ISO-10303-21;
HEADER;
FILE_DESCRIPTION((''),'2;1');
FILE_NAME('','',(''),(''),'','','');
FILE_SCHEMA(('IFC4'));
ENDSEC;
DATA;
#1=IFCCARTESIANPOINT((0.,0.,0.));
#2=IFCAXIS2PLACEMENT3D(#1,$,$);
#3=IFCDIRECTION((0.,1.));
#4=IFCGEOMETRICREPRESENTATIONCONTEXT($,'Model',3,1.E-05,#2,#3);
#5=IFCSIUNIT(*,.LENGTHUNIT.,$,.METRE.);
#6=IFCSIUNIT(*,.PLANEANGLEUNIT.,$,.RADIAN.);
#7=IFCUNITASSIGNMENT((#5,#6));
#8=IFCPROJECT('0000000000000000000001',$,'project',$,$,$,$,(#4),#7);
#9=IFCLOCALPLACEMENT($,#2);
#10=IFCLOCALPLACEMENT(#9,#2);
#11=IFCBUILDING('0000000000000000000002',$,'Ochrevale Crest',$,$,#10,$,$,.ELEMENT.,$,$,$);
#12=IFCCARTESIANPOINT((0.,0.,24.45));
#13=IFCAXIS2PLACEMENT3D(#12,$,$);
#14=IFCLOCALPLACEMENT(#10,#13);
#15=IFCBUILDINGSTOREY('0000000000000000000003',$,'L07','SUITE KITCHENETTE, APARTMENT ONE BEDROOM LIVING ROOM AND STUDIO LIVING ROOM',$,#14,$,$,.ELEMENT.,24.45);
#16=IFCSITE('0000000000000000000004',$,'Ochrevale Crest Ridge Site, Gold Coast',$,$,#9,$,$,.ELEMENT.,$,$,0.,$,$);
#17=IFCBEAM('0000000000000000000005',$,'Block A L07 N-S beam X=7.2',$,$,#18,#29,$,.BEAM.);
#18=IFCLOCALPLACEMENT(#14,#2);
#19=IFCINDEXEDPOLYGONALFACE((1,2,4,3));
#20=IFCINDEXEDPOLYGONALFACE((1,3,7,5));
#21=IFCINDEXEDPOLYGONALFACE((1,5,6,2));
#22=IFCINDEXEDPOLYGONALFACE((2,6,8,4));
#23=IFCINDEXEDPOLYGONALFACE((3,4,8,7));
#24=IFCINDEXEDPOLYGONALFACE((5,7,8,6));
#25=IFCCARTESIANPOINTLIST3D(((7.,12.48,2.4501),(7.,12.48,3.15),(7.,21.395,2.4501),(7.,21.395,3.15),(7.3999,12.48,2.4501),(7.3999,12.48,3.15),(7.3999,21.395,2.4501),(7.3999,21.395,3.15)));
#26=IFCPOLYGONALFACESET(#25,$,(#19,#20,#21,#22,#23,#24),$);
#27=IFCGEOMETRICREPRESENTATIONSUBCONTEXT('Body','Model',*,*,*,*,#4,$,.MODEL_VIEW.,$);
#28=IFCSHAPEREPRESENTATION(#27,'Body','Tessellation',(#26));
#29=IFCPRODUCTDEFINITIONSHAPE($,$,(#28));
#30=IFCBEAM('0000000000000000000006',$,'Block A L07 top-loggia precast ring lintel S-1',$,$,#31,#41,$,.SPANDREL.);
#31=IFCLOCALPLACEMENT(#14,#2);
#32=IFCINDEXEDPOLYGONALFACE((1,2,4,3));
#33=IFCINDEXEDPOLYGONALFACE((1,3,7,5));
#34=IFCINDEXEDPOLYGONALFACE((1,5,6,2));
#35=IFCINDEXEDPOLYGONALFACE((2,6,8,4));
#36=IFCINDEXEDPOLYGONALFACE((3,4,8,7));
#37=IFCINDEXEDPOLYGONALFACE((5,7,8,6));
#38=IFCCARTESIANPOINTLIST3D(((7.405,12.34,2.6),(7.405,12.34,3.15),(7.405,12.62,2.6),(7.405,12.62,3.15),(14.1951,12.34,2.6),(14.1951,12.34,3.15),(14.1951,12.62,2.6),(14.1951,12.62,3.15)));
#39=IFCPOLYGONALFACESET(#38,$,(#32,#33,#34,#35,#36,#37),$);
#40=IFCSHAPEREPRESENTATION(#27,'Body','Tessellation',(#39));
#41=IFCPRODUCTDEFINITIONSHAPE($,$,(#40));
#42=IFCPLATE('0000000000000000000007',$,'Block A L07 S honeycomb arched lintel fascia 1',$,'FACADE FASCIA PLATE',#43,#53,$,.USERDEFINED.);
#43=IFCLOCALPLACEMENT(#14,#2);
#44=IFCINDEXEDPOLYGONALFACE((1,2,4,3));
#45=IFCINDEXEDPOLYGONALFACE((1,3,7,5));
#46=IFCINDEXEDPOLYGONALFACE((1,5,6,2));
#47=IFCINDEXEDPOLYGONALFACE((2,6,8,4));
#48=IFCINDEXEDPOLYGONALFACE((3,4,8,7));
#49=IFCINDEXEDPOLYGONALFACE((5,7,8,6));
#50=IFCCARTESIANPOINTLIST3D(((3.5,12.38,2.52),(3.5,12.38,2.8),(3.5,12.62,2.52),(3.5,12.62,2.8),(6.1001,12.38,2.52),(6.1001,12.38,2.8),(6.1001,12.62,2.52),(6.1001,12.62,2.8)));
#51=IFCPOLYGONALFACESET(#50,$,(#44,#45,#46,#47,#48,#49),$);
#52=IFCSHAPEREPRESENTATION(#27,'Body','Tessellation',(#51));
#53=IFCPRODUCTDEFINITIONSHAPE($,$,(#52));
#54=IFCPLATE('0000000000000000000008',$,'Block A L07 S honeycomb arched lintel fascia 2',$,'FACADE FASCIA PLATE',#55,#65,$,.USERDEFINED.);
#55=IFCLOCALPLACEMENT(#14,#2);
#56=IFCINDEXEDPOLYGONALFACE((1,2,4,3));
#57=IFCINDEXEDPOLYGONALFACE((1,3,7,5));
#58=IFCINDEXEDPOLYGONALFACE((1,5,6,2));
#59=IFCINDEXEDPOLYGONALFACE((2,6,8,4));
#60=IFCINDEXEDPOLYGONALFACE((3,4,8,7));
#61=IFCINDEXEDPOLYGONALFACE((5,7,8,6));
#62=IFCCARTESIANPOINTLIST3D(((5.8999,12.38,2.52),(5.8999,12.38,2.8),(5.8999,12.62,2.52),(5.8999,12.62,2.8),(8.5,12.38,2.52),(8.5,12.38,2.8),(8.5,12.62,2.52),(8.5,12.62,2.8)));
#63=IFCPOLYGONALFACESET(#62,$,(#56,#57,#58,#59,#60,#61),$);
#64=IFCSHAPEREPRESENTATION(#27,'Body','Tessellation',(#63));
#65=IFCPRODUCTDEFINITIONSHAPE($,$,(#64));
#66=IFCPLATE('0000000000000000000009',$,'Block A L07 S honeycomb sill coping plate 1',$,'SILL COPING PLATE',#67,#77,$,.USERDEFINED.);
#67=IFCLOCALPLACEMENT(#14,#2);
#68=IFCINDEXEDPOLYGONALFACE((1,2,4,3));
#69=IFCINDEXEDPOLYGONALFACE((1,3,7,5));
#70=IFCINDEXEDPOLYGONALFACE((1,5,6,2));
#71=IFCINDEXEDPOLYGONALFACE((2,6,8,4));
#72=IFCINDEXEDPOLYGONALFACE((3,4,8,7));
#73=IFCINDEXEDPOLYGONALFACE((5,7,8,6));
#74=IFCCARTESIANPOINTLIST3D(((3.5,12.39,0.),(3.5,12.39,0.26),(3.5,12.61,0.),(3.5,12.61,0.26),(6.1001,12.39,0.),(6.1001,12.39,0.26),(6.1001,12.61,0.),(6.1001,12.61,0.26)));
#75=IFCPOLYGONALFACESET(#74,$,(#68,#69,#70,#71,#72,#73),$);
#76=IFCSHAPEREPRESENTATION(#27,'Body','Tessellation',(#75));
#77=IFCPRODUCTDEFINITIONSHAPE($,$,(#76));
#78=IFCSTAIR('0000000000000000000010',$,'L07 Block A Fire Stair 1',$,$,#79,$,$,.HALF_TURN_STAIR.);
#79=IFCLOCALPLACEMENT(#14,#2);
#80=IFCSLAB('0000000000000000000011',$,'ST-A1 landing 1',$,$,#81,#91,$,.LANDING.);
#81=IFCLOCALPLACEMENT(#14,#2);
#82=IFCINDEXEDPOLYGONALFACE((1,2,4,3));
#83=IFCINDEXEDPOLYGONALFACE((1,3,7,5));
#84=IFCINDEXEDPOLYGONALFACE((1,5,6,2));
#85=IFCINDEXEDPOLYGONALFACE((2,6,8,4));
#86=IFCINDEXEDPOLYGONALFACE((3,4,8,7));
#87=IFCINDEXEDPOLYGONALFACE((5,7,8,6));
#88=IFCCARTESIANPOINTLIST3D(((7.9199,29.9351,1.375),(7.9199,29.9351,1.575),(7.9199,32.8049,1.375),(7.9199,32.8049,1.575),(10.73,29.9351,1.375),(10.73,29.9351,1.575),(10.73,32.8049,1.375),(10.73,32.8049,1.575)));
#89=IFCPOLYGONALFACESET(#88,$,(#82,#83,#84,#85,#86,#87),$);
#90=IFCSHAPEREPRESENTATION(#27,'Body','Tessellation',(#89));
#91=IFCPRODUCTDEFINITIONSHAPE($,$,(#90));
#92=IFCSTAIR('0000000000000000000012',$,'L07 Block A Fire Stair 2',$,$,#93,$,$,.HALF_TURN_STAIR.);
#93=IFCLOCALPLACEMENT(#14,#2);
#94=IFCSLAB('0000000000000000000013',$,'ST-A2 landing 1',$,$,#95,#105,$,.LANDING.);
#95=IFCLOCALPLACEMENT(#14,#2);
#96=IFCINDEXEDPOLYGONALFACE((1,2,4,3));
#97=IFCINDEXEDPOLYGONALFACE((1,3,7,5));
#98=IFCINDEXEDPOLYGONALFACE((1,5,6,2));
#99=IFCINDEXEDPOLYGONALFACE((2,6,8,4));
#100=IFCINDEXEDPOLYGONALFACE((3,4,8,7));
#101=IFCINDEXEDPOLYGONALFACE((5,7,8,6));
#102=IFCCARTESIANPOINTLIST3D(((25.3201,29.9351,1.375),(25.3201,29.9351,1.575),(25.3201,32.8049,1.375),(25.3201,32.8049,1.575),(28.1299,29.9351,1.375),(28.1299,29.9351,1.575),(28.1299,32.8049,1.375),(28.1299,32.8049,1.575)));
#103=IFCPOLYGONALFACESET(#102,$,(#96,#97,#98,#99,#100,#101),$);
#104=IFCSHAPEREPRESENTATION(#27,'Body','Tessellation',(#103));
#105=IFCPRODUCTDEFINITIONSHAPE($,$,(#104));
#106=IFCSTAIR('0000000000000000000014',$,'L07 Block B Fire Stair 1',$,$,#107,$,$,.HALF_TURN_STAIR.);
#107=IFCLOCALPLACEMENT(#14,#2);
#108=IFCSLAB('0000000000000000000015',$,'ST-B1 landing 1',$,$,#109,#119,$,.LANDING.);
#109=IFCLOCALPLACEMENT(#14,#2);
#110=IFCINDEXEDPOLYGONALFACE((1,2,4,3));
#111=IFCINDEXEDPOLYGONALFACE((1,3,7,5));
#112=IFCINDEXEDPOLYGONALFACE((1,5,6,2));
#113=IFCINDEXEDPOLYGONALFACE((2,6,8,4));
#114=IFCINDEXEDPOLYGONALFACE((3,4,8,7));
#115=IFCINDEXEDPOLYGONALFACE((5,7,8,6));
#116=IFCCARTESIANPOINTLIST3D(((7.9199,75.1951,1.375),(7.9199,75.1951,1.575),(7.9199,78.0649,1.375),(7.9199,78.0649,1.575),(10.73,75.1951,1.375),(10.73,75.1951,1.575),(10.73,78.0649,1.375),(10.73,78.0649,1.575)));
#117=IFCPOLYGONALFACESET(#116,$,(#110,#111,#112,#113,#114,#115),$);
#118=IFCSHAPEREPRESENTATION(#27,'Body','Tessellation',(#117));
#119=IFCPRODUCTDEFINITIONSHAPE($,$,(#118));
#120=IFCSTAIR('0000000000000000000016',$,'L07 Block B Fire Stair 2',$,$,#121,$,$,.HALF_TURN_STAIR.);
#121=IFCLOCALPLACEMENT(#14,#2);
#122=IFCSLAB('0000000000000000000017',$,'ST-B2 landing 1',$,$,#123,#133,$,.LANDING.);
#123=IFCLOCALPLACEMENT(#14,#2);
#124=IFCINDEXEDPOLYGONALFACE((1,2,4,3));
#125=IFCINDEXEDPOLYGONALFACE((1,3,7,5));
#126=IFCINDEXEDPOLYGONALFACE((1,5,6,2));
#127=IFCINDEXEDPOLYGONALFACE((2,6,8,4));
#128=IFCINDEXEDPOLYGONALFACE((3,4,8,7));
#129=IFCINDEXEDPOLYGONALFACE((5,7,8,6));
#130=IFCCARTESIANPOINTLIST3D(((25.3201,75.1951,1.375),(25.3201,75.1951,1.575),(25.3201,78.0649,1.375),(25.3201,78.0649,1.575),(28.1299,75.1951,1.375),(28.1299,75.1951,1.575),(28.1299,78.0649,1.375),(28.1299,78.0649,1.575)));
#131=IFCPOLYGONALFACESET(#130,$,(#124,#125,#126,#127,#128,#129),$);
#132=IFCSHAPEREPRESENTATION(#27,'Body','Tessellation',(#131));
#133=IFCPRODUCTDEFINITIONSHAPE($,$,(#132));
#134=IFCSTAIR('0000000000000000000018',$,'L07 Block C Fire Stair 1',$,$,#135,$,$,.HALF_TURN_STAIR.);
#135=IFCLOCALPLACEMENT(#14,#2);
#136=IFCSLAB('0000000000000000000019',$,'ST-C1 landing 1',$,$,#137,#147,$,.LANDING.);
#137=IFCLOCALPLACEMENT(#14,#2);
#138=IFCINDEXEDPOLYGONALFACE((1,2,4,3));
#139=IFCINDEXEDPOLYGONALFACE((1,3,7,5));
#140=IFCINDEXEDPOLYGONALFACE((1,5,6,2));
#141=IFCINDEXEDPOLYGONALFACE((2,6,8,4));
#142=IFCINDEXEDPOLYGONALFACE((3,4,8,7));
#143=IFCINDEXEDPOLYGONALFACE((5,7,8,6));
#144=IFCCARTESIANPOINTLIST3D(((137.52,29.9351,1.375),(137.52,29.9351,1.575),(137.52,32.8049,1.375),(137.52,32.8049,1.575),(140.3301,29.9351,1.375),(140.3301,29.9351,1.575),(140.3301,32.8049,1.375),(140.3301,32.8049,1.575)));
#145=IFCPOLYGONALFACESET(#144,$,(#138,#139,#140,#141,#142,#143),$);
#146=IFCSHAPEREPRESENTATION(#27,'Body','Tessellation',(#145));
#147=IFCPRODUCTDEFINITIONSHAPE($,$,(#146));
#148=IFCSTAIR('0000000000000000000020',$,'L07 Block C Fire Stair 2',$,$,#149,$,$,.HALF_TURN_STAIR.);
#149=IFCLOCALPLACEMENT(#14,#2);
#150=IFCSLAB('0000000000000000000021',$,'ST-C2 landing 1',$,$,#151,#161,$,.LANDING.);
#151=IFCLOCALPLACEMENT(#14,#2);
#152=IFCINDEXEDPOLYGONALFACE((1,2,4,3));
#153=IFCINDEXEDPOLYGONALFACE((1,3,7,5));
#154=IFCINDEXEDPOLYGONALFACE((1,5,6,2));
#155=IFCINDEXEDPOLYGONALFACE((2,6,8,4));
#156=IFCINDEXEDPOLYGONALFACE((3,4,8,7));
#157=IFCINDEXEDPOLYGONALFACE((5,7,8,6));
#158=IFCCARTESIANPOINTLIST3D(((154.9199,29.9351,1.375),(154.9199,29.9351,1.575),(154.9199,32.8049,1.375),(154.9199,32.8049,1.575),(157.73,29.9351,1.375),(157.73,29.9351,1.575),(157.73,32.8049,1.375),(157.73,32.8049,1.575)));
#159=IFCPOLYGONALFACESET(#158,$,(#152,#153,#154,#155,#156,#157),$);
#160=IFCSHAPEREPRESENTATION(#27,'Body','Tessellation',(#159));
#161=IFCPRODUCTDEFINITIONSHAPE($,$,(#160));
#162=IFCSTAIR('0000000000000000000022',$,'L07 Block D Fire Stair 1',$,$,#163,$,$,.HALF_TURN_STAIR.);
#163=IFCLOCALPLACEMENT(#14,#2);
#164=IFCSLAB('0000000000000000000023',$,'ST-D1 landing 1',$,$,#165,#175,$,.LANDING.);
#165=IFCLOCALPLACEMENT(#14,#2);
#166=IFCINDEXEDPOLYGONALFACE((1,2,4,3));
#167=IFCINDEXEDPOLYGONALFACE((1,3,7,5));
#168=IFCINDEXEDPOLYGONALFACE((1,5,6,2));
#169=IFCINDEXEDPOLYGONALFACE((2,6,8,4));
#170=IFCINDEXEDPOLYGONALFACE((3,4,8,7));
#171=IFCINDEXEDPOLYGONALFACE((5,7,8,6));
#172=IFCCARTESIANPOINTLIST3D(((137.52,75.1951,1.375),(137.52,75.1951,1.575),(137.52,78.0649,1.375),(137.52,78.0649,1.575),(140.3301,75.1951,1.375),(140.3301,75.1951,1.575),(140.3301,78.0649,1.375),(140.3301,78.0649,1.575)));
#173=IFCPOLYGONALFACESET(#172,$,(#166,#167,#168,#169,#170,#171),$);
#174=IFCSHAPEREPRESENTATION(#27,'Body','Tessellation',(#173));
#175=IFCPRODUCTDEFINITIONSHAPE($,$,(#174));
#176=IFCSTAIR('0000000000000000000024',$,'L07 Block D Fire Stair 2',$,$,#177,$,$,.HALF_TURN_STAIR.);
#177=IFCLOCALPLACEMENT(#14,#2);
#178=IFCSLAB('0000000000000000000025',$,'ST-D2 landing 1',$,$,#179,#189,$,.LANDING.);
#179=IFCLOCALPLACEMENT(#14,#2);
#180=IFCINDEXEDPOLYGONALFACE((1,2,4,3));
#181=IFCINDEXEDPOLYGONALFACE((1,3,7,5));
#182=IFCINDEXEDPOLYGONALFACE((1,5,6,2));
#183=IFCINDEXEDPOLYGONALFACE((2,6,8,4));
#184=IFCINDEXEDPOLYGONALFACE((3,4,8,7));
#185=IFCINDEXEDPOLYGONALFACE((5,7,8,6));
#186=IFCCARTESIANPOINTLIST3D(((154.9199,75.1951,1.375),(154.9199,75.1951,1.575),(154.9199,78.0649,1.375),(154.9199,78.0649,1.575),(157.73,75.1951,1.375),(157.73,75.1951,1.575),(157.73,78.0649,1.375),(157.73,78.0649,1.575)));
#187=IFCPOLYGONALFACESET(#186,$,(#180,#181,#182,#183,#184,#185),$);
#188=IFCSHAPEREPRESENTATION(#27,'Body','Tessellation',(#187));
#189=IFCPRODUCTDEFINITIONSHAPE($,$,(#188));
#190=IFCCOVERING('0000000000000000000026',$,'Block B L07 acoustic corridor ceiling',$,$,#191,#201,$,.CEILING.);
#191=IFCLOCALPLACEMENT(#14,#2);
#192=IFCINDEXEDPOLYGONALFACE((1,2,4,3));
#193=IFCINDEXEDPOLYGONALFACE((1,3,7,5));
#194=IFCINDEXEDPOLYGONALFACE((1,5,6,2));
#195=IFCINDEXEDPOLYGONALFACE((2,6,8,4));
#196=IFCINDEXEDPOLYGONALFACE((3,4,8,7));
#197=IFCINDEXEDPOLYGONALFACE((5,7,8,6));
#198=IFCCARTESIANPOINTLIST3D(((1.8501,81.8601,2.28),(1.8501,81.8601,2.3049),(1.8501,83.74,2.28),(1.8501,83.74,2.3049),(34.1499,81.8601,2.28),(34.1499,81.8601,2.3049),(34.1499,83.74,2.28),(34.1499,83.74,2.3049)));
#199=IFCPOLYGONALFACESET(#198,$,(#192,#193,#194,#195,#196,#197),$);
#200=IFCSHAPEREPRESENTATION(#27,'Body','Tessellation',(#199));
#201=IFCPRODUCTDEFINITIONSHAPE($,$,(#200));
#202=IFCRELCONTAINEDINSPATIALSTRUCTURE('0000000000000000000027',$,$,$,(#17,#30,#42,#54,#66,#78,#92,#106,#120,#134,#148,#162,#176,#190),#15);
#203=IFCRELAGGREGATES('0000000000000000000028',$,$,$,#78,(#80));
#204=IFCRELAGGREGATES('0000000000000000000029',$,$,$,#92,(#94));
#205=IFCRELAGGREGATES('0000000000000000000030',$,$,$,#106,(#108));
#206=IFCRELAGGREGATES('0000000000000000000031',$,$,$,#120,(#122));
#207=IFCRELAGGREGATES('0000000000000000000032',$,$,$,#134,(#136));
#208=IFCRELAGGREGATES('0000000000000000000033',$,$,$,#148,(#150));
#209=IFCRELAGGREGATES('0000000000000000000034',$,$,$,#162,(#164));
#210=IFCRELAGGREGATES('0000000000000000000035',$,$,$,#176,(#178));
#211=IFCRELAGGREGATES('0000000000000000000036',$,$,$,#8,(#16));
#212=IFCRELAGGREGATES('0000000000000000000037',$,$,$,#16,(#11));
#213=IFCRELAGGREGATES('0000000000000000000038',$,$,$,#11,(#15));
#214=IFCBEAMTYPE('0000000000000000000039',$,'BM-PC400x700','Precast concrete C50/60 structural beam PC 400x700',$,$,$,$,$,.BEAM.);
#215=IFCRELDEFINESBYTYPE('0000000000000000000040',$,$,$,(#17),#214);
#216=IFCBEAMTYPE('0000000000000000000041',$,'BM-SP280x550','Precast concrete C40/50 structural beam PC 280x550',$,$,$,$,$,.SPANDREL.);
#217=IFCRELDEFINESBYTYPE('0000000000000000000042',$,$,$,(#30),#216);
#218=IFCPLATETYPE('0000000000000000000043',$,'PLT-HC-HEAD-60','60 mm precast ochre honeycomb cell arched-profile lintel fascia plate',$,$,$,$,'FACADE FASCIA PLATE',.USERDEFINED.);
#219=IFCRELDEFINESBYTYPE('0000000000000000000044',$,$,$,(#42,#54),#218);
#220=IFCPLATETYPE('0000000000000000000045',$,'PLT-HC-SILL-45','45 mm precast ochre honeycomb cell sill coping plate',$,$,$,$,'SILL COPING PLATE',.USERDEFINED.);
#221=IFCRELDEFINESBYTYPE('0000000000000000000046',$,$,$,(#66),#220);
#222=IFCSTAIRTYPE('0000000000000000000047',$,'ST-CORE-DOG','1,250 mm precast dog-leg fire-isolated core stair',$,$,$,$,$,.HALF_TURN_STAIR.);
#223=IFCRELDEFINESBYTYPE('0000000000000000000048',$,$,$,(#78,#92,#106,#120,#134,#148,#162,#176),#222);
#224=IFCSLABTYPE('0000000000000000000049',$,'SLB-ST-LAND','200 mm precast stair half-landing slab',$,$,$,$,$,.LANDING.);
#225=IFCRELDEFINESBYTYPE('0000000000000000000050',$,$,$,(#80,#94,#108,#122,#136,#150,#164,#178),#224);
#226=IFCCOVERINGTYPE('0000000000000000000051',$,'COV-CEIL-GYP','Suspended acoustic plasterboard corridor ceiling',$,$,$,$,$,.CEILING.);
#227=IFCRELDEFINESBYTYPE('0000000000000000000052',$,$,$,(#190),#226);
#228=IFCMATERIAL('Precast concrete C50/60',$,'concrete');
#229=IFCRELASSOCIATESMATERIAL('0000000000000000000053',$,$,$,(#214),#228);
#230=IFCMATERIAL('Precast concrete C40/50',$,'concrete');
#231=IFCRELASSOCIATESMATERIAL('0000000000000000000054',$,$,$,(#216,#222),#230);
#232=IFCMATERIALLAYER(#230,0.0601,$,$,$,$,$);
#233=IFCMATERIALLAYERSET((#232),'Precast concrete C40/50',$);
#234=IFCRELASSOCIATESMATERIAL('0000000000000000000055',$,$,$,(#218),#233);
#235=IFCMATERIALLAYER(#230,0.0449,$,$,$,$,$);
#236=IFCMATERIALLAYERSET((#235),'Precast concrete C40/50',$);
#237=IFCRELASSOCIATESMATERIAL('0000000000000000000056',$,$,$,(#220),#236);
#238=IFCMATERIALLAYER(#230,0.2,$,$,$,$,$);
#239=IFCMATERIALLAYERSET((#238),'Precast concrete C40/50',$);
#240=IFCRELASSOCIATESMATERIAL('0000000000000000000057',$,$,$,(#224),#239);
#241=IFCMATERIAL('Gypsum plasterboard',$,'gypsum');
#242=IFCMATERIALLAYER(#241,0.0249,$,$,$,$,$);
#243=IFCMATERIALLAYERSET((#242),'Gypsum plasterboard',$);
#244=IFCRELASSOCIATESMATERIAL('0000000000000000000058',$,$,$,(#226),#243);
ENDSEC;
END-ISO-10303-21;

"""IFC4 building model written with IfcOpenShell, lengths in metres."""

from ifc_helpers import new_model, si_unit, direction, frame, origin, origin_2d, place, context, subcontext, project, spatial, polyline, rectangle, outline, extrude, material, layer, layer_set, material_profile, profile_set, type_object, element, aggregate, save


model = new_model("IFC4")

# Units and contexts
model_context = context("Model", 3, precision=1e-05, world=origin(), true_north=direction((0.0, 1.0)))
body_context = subcontext(model_context, "Body", "Model", "MODEL_VIEW")
ifc_project = project(units=[si_unit("LENGTHUNIT", "METRE"), si_unit("PLANEANGLEUNIT", "RADIAN")], contexts=[model_context])

# Site, building, storey
site_placement = place(None, origin())
site = spatial("IfcSite", under=ifc_project, at=site_placement, Name="Ochrevale Crest Ridge Site, Gold Coast", CompositionType="ELEMENT", RefElevation=0.0)
building_placement = place(site_placement, origin())
building = spatial("IfcBuilding", under=site, at=building_placement, Name="Ochrevale Crest", CompositionType="ELEMENT")
storey_placement = place(building_placement, frame((0.0, 0.0, 24.45)))
storey = spatial("IfcBuildingStorey", under=building, at=storey_placement, Name="L07", Description="SUITE KITCHENETTE, APARTMENT ONE BEDROOM LIVING ROOM AND STUDIO LIVING ROOM", CompositionType="ELEMENT", Elevation=24.45)

# Beams
ifc_material_1 = material(Name="Precast concrete C50/60", Category="concrete")
ifc_material_profile_1 = material_profile(ifc_material_1, rectangle(XDim=0.3999, YDim=0.7, at=origin_2d()), Name="PC 400x700")
ifc_profile_set_1 = profile_set([ifc_material_profile_1], Name="Precast concrete C50/60")
beam_type_1 = type_object("IfcBeamType", Name="BM-PC400x700", Description="Precast concrete C50/60 structural beam PC 400x700", PredefinedType="BEAM", material=ifc_profile_set_1)
beam_1_placement = place(storey_placement, frame((7.2, 12.48, 2.8), z_axis=(0.0, 1.0, 0.0), x_axis=(-1.0, 0.0, 0.0)))
element("IfcBeam", 1, at=beam_1_placement, inside=storey, type_object=beam_type_1, Name="Block A L07 N-S beam X=7.2", PredefinedType="BEAM", context=body_context, shape_type="SweptSolid", body=[
    extrude(rectangle(XDim=0.3999, YDim=0.7, at=origin_2d()), origin(), (0.0, 0.0, 1.0), 8.915),
])
ifc_material_2 = material(Name="Precast concrete C40/50", Category="concrete")
ifc_material_profile_2 = material_profile(ifc_material_2, rectangle(XDim=0.28, YDim=0.55, at=origin_2d()), Name="PC 280x550")
ifc_profile_set_2 = profile_set([ifc_material_profile_2], Name="Precast concrete C40/50")
beam_type_2 = type_object("IfcBeamType", Name="BM-SP280x550", Description="Precast concrete C40/50 structural beam PC 280x550", PredefinedType="SPANDREL", material=ifc_profile_set_2)
beam_2_placement = place(storey_placement, frame((7.405, 12.48, 2.875), z_axis=(1.0, 0.0, 0.0), x_axis=(0.0, 1.0, 0.0)))
element("IfcBeam", 2, at=beam_2_placement, inside=storey, type_object=beam_type_2, Name="Block A L07 top-loggia precast ring lintel S-1", PredefinedType="SPANDREL", context=body_context, shape_type="SweptSolid", body=[
    extrude(rectangle(XDim=0.28, YDim=0.55, at=origin_2d()), origin(), (0.0, 0.0, 1.0), 6.79),
])

# Plates
ifc_layer_1 = layer(ifc_material_2, 0.0601)
ifc_layer_set_1 = layer_set([ifc_layer_1], Name="Precast concrete C40/50")
plate_type_1 = type_object("IfcPlateType", Name="PLT-HC-HEAD-60", Description="60 mm precast ochre honeycomb cell arched-profile lintel fascia plate", ElementType="FACADE FASCIA PLATE", PredefinedType="USERDEFINED", material=ifc_layer_set_1)
for number, where, z_axis, x_axis, name in (
    (3, (4.8, 12.5, 2.52), (0.0, 0.0, 1.0), (1.0, 0.0, 0.0), "Block A L07 S honeycomb arched lintel fascia 1"),
    (4, (7.2, 12.5, 2.52), (0.0, 0.0, 1.0), (1.0, 0.0, 0.0), "Block A L07 S honeycomb arched lintel fascia 2"),
):
    element("IfcPlate", number, at=place(storey_placement, frame(where, z_axis=z_axis, x_axis=x_axis)), inside=storey, type_object=plate_type_1, Name=name, ObjectType="FACADE FASCIA PLATE", PredefinedType="USERDEFINED", context=body_context, shape_type="SweptSolid", body=[
        extrude(rectangle(XDim=2.6001, YDim=0.24, at=origin_2d()), origin(), (0.0, 0.0, 1.0), 0.28),
    ])
ifc_layer_2 = layer(ifc_material_2, 0.0449)
ifc_layer_set_2 = layer_set([ifc_layer_2], Name="Precast concrete C40/50")
plate_type_2 = type_object("IfcPlateType", Name="PLT-HC-SILL-45", Description="45 mm precast ochre honeycomb cell sill coping plate", ElementType="SILL COPING PLATE", PredefinedType="USERDEFINED", material=ifc_layer_set_2)
plate_placement = place(storey_placement, frame((4.8, 12.5, 0.0), z_axis=(0.0, 0.0, 1.0), x_axis=(1.0, 0.0, 0.0)))
element("IfcPlate", 5, at=plate_placement, inside=storey, type_object=plate_type_2, Name="Block A L07 S honeycomb sill coping plate 1", ObjectType="SILL COPING PLATE", PredefinedType="USERDEFINED", context=body_context, shape_type="SweptSolid", body=[
    extrude(rectangle(XDim=2.6001, YDim=0.22, at=origin_2d()), origin(), (0.0, 0.0, 1.0), 0.26),
])

# Stairs, slabs
stair_type = type_object("IfcStairType", Name="ST-CORE-DOG", Description="1,250 mm precast dog-leg fire-isolated core stair", PredefinedType="HALF_TURN_STAIR", material=ifc_material_2)
stair_1_placement = place(storey_placement, origin())
stair_1 = element("IfcStair", 6, at=stair_1_placement, inside=storey, type_object=stair_type, Name="L07 Block A Fire Stair 1", PredefinedType="HALF_TURN_STAIR")
ifc_layer_3 = layer(ifc_material_2, 0.2)
ifc_layer_set_3 = layer_set([ifc_layer_3], Name="Precast concrete C40/50")
slab_type = type_object("IfcSlabType", Name="SLB-ST-LAND", Description="200 mm precast stair half-landing slab", PredefinedType="LANDING", material=ifc_layer_set_3)
slab_1_placement = place(storey_placement, frame((0.0, 0.0, 1.375)))
slab_1 = element("IfcSlab", 7, at=slab_1_placement, type_object=slab_type, Name="ST-A1 landing 1", PredefinedType="LANDING", context=body_context, shape_type="SweptSolid", body=[
    extrude(outline(polyline([(10.73, 29.9351), (10.73, 32.8049), (7.9199, 32.8049), (7.9199, 29.9351), (10.73, 29.9351)])), origin(), (0.0, 0.0, 1.0), 0.2),
])
aggregate(stair_1, [slab_1])
stair_2_placement = place(storey_placement, origin())
stair_2 = element("IfcStair", 8, at=stair_2_placement, inside=storey, type_object=stair_type, Name="L07 Block A Fire Stair 2", PredefinedType="HALF_TURN_STAIR")
slab_2_placement = place(storey_placement, frame((0.0, 0.0, 1.375)))
slab_2 = element("IfcSlab", 9, at=slab_2_placement, type_object=slab_type, Name="ST-A2 landing 1", PredefinedType="LANDING", context=body_context, shape_type="SweptSolid", body=[
    extrude(outline(polyline([(28.1299, 29.9351), (28.1299, 32.8049), (25.3201, 32.8049), (25.3201, 29.9351), (28.1299, 29.9351)])), origin(), (0.0, 0.0, 1.0), 0.2),
])
aggregate(stair_2, [slab_2])
stair_3_placement = place(storey_placement, origin())
stair_3 = element("IfcStair", 10, at=stair_3_placement, inside=storey, type_object=stair_type, Name="L07 Block B Fire Stair 1", PredefinedType="HALF_TURN_STAIR")
slab_3_placement = place(storey_placement, frame((0.0, 0.0, 1.375)))
slab_3 = element("IfcSlab", 11, at=slab_3_placement, type_object=slab_type, Name="ST-B1 landing 1", PredefinedType="LANDING", context=body_context, shape_type="SweptSolid", body=[
    extrude(outline(polyline([(7.9199, 78.0649), (7.9199, 75.1951), (10.73, 75.1951), (10.73, 78.0649), (7.9199, 78.0649)])), origin(), (0.0, 0.0, 1.0), 0.2),
])
aggregate(stair_3, [slab_3])
stair_4_placement = place(storey_placement, origin())
stair_4 = element("IfcStair", 12, at=stair_4_placement, inside=storey, type_object=stair_type, Name="L07 Block B Fire Stair 2", PredefinedType="HALF_TURN_STAIR")
slab_4_placement = place(storey_placement, frame((0.0, 0.0, 1.375)))
slab_4 = element("IfcSlab", 13, at=slab_4_placement, type_object=slab_type, Name="ST-B2 landing 1", PredefinedType="LANDING", context=body_context, shape_type="SweptSolid", body=[
    extrude(outline(polyline([(25.3201, 78.0649), (25.3201, 75.1951), (28.1299, 75.1951), (28.1299, 78.0649), (25.3201, 78.0649)])), origin(), (0.0, 0.0, 1.0), 0.2),
])
aggregate(stair_4, [slab_4])
stair_5_placement = place(storey_placement, origin())
stair_5 = element("IfcStair", 14, at=stair_5_placement, inside=storey, type_object=stair_type, Name="L07 Block C Fire Stair 1", PredefinedType="HALF_TURN_STAIR")
slab_5_placement = place(storey_placement, frame((0.0, 0.0, 1.375)))
slab_5 = element("IfcSlab", 15, at=slab_5_placement, type_object=slab_type, Name="ST-C1 landing 1", PredefinedType="LANDING", context=body_context, shape_type="SweptSolid", body=[
    extrude(outline(polyline([(140.3301, 29.9351), (140.3301, 32.8049), (137.52, 32.8049), (137.52, 29.9351), (140.3301, 29.9351)])), origin(), (0.0, 0.0, 1.0), 0.2),
])
aggregate(stair_5, [slab_5])
stair_6_placement = place(storey_placement, origin())
stair_6 = element("IfcStair", 16, at=stair_6_placement, inside=storey, type_object=stair_type, Name="L07 Block C Fire Stair 2", PredefinedType="HALF_TURN_STAIR")
slab_6_placement = place(storey_placement, frame((0.0, 0.0, 1.375)))
slab_6 = element("IfcSlab", 17, at=slab_6_placement, type_object=slab_type, Name="ST-C2 landing 1", PredefinedType="LANDING", context=body_context, shape_type="SweptSolid", body=[
    extrude(outline(polyline([(157.73, 29.9351), (157.73, 32.8049), (154.9199, 32.8049), (154.9199, 29.9351), (157.73, 29.9351)])), origin(), (0.0, 0.0, 1.0), 0.2),
])
aggregate(stair_6, [slab_6])
stair_7_placement = place(storey_placement, origin())
stair_7 = element("IfcStair", 18, at=stair_7_placement, inside=storey, type_object=stair_type, Name="L07 Block D Fire Stair 1", PredefinedType="HALF_TURN_STAIR")
slab_7_placement = place(storey_placement, frame((0.0, 0.0, 1.375)))
slab_7 = element("IfcSlab", 19, at=slab_7_placement, type_object=slab_type, Name="ST-D1 landing 1", PredefinedType="LANDING", context=body_context, shape_type="SweptSolid", body=[
    extrude(outline(polyline([(137.52, 78.0649), (137.52, 75.1951), (140.3301, 75.1951), (140.3301, 78.0649), (137.52, 78.0649)])), origin(), (0.0, 0.0, 1.0), 0.2),
])
aggregate(stair_7, [slab_7])
stair_8_placement = place(storey_placement, origin())
stair_8 = element("IfcStair", 20, at=stair_8_placement, inside=storey, type_object=stair_type, Name="L07 Block D Fire Stair 2", PredefinedType="HALF_TURN_STAIR")
slab_8_placement = place(storey_placement, frame((0.0, 0.0, 1.375)))
slab_8 = element("IfcSlab", 21, at=slab_8_placement, type_object=slab_type, Name="ST-D2 landing 1", PredefinedType="LANDING", context=body_context, shape_type="SweptSolid", body=[
    extrude(outline(polyline([(154.9199, 78.0649), (154.9199, 75.1951), (157.73, 75.1951), (157.73, 78.0649), (154.9199, 78.0649)])), origin(), (0.0, 0.0, 1.0), 0.2),
])
aggregate(stair_8, [slab_8])

# Covering
ifc_material_3 = material(Name="Gypsum plasterboard", Category="gypsum")
ifc_layer_4 = layer(ifc_material_3, 0.0249)
ifc_layer_set_4 = layer_set([ifc_layer_4], Name="Gypsum plasterboard")
covering_type_1 = type_object("IfcCoveringType", Name="COV-CEIL-GYP", Description="Suspended acoustic plasterboard corridor ceiling", PredefinedType="CEILING", material=ifc_layer_set_4)
covering_1_placement = place(storey_placement, frame((0.0, 0.0, 2.28)))
element("IfcCovering", 22, at=covering_1_placement, inside=storey, type_object=covering_type_1, Name="Block B L07 acoustic corridor ceiling", PredefinedType="CEILING", context=body_context, shape_type="SweptSolid", body=[
    extrude(outline(polyline([(1.8501, 81.8601), (34.1499, 81.8601), (34.1499, 83.74), (1.8501, 83.74), (1.8501, 81.8601)])), origin(), (0.0, 0.0, 1.0), 0.0249),
])

save(model, "model.ifc")
